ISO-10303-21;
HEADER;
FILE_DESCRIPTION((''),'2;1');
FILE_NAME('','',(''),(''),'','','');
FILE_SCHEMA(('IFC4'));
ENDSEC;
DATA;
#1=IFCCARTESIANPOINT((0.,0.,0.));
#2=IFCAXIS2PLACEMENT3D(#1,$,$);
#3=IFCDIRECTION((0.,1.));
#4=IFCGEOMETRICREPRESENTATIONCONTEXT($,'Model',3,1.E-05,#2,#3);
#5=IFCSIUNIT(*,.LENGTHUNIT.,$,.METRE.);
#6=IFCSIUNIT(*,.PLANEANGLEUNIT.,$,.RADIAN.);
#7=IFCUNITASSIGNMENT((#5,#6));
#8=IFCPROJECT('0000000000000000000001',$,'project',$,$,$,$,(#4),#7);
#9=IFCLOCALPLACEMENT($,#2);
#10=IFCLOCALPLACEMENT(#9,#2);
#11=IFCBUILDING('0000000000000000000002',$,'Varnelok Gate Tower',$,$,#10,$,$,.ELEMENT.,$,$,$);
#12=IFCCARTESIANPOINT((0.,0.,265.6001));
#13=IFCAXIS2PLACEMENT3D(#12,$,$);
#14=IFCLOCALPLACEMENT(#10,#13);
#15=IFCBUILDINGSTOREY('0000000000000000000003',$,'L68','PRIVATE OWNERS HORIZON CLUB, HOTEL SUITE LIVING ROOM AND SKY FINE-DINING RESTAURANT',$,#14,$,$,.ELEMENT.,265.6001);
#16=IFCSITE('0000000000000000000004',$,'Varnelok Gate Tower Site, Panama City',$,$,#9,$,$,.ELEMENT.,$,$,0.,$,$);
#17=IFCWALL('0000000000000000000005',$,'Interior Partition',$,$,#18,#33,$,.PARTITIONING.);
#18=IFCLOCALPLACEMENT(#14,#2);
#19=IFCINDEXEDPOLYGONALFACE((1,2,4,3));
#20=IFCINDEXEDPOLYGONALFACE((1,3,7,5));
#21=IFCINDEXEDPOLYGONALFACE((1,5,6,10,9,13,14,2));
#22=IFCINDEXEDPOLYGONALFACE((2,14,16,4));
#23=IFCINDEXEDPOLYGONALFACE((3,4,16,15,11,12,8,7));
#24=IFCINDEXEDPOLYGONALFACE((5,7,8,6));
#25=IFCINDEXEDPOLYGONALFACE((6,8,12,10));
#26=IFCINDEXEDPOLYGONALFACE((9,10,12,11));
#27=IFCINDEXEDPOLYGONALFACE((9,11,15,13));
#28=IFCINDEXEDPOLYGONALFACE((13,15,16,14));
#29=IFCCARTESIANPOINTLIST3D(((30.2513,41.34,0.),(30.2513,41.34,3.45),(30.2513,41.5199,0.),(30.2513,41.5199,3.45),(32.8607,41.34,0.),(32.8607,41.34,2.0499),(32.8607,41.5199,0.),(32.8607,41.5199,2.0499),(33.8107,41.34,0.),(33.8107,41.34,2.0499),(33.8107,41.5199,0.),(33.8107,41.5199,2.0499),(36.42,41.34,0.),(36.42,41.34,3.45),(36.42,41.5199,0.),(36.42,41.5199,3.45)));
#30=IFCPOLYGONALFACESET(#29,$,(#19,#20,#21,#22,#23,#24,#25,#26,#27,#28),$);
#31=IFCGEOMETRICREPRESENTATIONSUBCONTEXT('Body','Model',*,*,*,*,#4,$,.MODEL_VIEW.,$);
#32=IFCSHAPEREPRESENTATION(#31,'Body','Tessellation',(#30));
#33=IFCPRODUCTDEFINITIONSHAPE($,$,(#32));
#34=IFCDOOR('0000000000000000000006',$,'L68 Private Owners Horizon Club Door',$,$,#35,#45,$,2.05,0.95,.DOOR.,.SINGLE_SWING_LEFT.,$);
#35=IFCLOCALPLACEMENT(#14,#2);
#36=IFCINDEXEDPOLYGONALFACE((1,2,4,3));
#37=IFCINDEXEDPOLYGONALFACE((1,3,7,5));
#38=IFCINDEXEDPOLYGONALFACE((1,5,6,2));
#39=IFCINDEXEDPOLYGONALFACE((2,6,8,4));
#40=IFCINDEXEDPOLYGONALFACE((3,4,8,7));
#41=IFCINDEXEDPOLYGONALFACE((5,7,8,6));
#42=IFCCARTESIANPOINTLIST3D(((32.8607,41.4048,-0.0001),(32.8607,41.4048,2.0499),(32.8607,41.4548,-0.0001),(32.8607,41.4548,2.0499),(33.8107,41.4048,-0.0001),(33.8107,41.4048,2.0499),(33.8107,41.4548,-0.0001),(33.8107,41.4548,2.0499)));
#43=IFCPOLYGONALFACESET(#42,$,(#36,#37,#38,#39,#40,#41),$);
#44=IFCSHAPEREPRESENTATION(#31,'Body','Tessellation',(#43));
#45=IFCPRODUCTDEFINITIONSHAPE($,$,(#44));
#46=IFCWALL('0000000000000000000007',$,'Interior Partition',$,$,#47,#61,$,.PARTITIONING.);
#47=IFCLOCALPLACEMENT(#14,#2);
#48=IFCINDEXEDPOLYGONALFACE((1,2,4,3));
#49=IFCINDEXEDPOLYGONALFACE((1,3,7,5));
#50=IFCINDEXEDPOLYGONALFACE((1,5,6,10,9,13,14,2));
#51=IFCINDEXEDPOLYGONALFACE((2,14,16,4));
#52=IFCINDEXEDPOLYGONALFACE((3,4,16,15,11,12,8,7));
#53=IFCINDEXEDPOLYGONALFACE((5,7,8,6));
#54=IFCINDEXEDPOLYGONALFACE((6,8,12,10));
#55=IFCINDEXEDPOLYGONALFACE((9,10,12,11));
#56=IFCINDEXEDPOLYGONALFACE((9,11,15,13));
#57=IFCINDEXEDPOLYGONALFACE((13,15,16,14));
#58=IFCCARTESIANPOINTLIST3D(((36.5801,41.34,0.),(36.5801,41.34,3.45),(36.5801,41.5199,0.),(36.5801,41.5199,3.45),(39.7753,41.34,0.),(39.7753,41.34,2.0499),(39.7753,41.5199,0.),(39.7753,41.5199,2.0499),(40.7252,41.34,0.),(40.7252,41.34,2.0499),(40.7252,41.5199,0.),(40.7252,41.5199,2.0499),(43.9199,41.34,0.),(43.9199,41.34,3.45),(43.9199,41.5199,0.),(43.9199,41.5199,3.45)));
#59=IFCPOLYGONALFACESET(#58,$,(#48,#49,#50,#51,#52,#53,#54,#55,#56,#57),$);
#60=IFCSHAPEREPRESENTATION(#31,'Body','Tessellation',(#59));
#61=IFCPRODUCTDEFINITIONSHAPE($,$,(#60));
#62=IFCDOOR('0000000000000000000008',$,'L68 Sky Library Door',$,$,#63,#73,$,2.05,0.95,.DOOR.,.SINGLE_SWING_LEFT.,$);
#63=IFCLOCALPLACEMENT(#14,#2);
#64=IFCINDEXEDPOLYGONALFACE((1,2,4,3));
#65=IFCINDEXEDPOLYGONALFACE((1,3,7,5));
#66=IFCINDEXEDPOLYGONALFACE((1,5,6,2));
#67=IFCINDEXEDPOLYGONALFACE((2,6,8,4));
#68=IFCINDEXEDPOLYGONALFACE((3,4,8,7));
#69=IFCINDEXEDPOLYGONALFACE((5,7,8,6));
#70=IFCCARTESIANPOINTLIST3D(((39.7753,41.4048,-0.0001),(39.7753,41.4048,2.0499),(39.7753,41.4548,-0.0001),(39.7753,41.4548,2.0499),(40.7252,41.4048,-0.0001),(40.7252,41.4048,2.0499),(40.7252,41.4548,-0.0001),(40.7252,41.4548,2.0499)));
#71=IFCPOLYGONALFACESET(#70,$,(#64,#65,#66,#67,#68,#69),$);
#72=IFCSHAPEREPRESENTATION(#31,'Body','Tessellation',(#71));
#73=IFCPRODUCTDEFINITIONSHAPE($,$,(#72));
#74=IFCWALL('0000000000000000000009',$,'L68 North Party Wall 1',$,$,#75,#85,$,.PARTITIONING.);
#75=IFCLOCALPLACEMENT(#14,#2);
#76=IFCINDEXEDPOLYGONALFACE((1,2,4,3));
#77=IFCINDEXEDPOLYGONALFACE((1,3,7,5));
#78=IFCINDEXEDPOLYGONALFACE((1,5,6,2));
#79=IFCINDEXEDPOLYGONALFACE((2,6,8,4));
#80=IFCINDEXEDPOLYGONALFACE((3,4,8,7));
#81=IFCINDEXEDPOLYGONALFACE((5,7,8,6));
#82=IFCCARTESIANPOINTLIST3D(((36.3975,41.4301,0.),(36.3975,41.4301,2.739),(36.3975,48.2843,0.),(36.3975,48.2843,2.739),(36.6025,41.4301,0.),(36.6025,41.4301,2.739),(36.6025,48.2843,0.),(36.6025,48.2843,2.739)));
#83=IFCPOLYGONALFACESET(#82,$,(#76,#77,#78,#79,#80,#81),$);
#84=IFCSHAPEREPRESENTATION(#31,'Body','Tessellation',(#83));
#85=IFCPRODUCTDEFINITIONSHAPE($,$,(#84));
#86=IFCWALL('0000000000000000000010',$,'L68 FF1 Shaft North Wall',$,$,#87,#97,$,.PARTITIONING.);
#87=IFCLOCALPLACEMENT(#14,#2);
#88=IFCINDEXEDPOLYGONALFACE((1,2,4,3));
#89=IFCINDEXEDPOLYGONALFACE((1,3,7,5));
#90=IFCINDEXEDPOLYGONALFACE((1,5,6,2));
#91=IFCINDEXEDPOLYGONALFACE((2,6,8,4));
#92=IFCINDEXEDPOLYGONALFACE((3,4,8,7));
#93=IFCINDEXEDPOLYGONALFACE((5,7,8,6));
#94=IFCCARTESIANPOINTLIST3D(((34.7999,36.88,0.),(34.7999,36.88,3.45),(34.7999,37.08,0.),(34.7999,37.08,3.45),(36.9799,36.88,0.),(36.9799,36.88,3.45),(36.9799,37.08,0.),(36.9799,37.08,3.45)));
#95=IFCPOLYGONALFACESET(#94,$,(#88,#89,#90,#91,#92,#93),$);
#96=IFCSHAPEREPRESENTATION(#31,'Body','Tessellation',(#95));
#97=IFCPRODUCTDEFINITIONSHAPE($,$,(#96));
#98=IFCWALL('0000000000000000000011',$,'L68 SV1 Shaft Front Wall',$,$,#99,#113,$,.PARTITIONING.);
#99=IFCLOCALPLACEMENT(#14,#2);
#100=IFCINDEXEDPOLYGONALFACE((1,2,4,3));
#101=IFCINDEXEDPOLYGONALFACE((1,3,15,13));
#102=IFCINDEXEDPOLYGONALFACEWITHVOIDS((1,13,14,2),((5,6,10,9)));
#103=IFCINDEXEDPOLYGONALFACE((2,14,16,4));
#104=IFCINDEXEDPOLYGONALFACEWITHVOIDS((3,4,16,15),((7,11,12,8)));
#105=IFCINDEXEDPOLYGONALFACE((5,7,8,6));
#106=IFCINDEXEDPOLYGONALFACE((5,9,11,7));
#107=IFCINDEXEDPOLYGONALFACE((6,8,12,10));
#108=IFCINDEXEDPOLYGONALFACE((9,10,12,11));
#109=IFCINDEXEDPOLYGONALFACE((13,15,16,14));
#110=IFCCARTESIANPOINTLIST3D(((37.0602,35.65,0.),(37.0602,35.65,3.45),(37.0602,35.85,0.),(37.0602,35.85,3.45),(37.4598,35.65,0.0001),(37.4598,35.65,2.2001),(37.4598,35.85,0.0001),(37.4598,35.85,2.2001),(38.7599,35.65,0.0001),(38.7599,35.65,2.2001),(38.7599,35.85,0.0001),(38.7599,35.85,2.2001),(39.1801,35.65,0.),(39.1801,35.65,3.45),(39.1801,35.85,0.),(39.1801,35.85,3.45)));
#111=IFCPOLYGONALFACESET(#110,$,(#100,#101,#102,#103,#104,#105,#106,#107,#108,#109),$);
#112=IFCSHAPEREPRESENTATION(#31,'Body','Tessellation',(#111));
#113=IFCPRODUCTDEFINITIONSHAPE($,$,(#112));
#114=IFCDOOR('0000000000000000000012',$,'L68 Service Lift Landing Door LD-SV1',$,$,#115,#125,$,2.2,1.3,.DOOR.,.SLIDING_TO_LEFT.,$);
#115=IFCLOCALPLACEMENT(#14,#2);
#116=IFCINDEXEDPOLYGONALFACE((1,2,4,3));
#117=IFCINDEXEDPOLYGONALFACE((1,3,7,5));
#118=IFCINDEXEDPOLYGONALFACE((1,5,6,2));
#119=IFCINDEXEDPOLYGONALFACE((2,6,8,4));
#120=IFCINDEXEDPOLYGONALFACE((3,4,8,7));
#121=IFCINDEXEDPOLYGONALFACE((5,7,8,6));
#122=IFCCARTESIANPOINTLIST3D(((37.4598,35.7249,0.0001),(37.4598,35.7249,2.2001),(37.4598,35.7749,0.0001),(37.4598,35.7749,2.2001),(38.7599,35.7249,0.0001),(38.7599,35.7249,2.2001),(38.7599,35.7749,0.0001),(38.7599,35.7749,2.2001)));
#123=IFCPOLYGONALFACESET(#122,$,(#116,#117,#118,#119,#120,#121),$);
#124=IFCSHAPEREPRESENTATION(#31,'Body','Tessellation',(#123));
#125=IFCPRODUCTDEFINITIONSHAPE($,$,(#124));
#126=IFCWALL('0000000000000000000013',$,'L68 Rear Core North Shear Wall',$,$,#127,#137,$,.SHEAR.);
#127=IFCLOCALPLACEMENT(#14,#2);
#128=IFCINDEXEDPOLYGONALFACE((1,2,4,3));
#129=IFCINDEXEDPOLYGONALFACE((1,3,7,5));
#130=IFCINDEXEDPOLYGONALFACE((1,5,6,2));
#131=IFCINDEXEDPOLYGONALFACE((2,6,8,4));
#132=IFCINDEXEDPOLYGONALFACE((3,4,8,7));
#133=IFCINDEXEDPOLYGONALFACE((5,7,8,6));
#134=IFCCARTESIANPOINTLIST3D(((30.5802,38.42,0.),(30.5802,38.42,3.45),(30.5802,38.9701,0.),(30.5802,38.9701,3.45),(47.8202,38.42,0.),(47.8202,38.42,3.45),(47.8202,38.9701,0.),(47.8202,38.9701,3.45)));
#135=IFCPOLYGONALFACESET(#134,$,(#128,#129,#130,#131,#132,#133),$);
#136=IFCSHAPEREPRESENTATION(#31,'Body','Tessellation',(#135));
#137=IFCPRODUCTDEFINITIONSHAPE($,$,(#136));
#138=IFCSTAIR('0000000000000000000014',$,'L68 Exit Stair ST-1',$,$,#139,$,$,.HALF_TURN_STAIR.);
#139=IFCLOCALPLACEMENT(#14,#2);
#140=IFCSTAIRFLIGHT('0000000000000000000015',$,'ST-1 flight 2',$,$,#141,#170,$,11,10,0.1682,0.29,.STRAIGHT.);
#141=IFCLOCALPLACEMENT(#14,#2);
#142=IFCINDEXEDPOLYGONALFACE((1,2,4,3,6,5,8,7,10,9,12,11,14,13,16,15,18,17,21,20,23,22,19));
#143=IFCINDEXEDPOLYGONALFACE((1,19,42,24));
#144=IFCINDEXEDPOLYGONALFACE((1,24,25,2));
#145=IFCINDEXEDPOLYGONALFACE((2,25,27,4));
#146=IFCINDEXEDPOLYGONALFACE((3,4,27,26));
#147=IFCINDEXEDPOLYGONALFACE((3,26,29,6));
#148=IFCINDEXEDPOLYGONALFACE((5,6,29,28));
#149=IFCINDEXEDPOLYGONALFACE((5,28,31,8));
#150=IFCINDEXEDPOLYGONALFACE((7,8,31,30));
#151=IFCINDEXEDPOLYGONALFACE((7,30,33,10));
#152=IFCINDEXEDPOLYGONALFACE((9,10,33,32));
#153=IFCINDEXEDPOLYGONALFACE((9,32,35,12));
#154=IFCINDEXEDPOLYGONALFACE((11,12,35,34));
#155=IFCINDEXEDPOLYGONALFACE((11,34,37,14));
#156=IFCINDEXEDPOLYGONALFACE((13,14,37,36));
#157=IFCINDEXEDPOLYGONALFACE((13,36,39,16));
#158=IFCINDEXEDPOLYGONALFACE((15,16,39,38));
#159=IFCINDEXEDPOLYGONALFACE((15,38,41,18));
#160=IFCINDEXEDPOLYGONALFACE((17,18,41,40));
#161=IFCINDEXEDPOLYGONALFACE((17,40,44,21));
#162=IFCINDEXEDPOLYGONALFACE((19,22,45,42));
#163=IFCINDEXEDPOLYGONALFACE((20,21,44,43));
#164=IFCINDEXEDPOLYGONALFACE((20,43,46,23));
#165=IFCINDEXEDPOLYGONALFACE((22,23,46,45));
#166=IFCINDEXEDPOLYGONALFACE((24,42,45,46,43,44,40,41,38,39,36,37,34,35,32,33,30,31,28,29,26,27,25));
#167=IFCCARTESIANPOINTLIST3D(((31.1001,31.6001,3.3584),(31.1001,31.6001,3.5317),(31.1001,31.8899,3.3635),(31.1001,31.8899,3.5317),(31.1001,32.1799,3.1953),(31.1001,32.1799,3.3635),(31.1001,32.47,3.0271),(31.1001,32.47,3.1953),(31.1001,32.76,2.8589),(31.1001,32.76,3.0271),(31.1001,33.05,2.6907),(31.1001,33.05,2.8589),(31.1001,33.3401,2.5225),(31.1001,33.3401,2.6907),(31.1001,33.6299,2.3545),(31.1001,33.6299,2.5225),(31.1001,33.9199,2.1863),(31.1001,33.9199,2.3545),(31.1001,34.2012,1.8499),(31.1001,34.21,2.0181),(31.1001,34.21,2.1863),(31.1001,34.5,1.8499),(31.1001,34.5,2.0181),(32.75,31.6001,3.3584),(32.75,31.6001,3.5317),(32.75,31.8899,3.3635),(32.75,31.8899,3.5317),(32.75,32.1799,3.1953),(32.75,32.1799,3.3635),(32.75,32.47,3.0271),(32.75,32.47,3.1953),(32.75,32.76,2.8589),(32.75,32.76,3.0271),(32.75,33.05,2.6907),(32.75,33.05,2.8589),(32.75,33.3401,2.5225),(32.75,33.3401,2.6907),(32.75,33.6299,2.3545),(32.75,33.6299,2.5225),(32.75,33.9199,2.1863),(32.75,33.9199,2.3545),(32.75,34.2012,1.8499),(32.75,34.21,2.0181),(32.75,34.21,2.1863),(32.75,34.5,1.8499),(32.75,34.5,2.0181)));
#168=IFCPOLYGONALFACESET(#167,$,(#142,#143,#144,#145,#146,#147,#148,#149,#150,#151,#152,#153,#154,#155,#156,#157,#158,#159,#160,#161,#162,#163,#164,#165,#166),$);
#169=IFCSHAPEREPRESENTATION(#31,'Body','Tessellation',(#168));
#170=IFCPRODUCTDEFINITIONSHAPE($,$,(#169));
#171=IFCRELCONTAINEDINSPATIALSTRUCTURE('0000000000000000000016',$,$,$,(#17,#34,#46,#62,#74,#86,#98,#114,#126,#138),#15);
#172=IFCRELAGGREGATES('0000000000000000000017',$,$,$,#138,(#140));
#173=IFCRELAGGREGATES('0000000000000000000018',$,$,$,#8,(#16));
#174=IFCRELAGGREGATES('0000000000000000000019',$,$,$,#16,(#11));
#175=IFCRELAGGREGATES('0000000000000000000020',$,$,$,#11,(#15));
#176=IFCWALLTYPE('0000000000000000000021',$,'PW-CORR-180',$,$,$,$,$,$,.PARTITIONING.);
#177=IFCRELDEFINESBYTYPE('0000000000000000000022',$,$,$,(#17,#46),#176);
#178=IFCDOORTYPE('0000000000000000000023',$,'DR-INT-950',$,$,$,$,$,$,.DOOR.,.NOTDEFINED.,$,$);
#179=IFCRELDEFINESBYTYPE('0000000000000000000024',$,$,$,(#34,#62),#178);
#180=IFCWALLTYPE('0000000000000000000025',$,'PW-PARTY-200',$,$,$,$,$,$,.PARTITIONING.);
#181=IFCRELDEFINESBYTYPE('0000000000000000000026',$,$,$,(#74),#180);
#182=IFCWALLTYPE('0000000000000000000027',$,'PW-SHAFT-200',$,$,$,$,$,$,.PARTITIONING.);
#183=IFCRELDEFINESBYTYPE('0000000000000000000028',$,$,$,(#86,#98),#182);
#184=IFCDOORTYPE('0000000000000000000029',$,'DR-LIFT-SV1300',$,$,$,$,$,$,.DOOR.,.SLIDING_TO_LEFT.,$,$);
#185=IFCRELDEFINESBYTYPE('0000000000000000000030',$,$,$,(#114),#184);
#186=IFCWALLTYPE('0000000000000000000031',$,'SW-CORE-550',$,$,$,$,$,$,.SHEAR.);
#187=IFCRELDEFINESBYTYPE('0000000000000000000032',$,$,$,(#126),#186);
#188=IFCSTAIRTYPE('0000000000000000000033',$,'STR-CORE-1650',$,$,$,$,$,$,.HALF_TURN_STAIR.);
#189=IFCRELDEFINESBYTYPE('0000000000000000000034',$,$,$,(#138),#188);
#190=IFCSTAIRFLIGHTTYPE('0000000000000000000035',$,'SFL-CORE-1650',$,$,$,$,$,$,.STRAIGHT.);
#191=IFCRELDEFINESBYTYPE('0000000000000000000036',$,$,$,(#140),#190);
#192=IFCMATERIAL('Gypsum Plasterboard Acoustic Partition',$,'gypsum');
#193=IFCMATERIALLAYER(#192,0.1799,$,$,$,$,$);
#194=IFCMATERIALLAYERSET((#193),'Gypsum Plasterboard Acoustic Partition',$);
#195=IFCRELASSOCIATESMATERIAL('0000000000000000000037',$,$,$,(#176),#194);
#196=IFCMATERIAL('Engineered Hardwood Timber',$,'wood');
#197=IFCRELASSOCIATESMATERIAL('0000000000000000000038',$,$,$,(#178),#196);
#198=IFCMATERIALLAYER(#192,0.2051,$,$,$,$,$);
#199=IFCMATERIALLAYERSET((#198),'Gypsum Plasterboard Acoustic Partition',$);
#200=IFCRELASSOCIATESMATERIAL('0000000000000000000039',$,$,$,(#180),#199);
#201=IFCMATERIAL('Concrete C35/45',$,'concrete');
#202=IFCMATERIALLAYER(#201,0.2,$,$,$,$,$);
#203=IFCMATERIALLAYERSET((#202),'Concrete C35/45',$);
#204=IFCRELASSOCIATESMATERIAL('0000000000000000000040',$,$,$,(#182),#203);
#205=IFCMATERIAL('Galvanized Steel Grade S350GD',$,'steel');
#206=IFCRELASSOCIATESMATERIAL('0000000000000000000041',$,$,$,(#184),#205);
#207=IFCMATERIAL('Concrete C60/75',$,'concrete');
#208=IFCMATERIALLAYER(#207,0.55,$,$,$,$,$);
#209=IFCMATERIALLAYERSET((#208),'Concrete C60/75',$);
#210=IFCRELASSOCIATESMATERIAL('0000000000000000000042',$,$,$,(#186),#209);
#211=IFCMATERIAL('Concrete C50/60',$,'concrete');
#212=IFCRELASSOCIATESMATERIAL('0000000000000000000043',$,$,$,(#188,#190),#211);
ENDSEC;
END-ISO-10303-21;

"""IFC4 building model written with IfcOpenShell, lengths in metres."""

from ifc_helpers import new_model, si_unit, direction, frame, frame_2d, origin, place, context, subcontext, project, spatial, polyline, rectangle, outline, extrude, material, layer, layer_set, type_object, element, fill, aggregate, save


model = new_model("IFC4")

# Units and contexts
model_context = context("Model", 3, precision=1e-05, world=origin(), true_north=direction((0.0, 1.0)))
body_context = subcontext(model_context, "Body", "Model", "MODEL_VIEW")
ifc_project = project(units=[si_unit("LENGTHUNIT", "METRE"), si_unit("PLANEANGLEUNIT", "RADIAN")], contexts=[model_context])

# Site, building, storey
site_placement = place(None, origin())
site = spatial("IfcSite", under=ifc_project, at=site_placement, Name="Varnelok Gate Tower Site, Panama City", CompositionType="ELEMENT", RefElevation=0.0)
building_placement = place(site_placement, origin())
building = spatial("IfcBuilding", under=site, at=building_placement, Name="Varnelok Gate Tower", CompositionType="ELEMENT")
storey_placement = place(building_placement, frame((0.0, 0.0, 265.6001)))
storey = spatial("IfcBuildingStorey", under=building, at=storey_placement, Name="L68", Description="PRIVATE OWNERS HORIZON CLUB, HOTEL SUITE LIVING ROOM AND SKY FINE-DINING RESTAURANT", CompositionType="ELEMENT", Elevation=265.6001)

# Shared definitions
ifc_material_1 = material(Name="Concrete C50/60", Category="concrete")

# Walls, openings, doors
ifc_material_2 = material(Name="Gypsum Plasterboard Acoustic Partition", Category="gypsum")
ifc_layer_1 = layer(ifc_material_2, 0.1799)
ifc_layer_set_1 = layer_set([ifc_layer_1], Name="Gypsum Plasterboard Acoustic Partition")
wall_type_1 = type_object("IfcWallType", Name="PW-CORR-180", PredefinedType="PARTITIONING", material=ifc_layer_set_1)
wall_1_placement = place(storey_placement, frame((30.2512, 41.4299, 0.0), z_axis=(0.0, 0.0, 1.0), x_axis=(1.0, 0.0, 0.0)))
wall_1 = element("IfcWall", 1, at=wall_1_placement, inside=storey, type_object=wall_type_1, Name="Interior Partition", PredefinedType="PARTITIONING", context=body_context, shape_type="SweptSolid", body=[
    extrude(rectangle(XDim=6.1687, YDim=0.1799, at=frame_2d((3.0845, 0.0))), origin(), (0.0, 0.0, 1.0), 3.45),
])
opening_1_placement = place(wall_1_placement, frame((2.6094, 0.0, 0.0)))
opening_1 = element("IfcOpeningElement", 2, at=opening_1_placement, cuts=wall_1, PredefinedType="OPENING", context=body_context, shape_type="SweptSolid", body=[
    extrude(rectangle(XDim=0.95, YDim=2.05, at=frame_2d((0.4751, 1.0249))), frame((0.0, 0.0999, 0.0), z_axis=(0.0, -1.0, 0.0), x_axis=(1.0, 0.0, 0.0)), (0.0, 0.0, 1.0), 0.2),
])
ifc_material_3 = material(Name="Engineered Hardwood Timber", Category="wood")
door_type_1 = type_object("IfcDoorType", Name="DR-INT-950", OperationType="NOTDEFINED", PredefinedType="DOOR", material=ifc_material_3)
door_1_placement = place(opening_1_placement, origin())
door_1 = element("IfcDoor", 3, at=door_1_placement, inside=storey, type_object=door_type_1, Name="L68 Private Owners Horizon Club Door", OperationType="SINGLE_SWING_LEFT", OverallHeight=2.05, OverallWidth=0.95, PredefinedType="DOOR", context=body_context, shape_type="SweptSolid", body=[
    extrude(rectangle(XDim=0.95, YDim=2.05, at=frame_2d((0.4751, 1.0249))), frame((0.0, 0.0249, 0.0), z_axis=(0.0, -1.0, 0.0), x_axis=(1.0, 0.0, 0.0)), (0.0, 0.0, 1.0), 0.05),
])
fill(opening_1, door_1)
wall_2_placement = place(storey_placement, frame((36.5801, 41.4299, 0.0), z_axis=(0.0, 0.0, 1.0), x_axis=(1.0, 0.0, 0.0)))
wall_2 = element("IfcWall", 4, at=wall_2_placement, inside=storey, type_object=wall_type_1, Name="Interior Partition", PredefinedType="PARTITIONING", context=body_context, shape_type="SweptSolid", body=[
    extrude(rectangle(XDim=7.3398, YDim=0.1799, at=frame_2d((3.6699, 0.0))), origin(), (0.0, 0.0, 1.0), 3.45),
])
opening_2_placement = place(wall_2_placement, frame((3.1951, 0.0, 0.0)))
opening_2 = element("IfcOpeningElement", 5, at=opening_2_placement, cuts=wall_2, PredefinedType="OPENING", context=body_context, shape_type="SweptSolid", body=[
    extrude(rectangle(XDim=0.95, YDim=2.05, at=frame_2d((0.4751, 1.0249))), frame((0.0, 0.0999, 0.0), z_axis=(0.0, -1.0, 0.0), x_axis=(1.0, 0.0, 0.0)), (0.0, 0.0, 1.0), 0.2),
])
door_2_placement = place(opening_2_placement, origin())
door_2 = element("IfcDoor", 6, at=door_2_placement, inside=storey, type_object=door_type_1, Name="L68 Sky Library Door", OperationType="SINGLE_SWING_LEFT", OverallHeight=2.05, OverallWidth=0.95, PredefinedType="DOOR", context=body_context, shape_type="SweptSolid", body=[
    extrude(rectangle(XDim=0.95, YDim=2.05, at=frame_2d((0.4751, 1.0249))), frame((0.0, 0.0249, 0.0), z_axis=(0.0, -1.0, 0.0), x_axis=(1.0, 0.0, 0.0)), (0.0, 0.0, 1.0), 0.05),
])
fill(opening_2, door_2)

# Walls
ifc_layer_2 = layer(ifc_material_2, 0.2051)
ifc_layer_set_2 = layer_set([ifc_layer_2], Name="Gypsum Plasterboard Acoustic Partition")
wall_type_2 = type_object("IfcWallType", Name="PW-PARTY-200", PredefinedType="PARTITIONING", material=ifc_layer_set_2)
wall_3_placement = place(storey_placement, frame((36.5, 41.4299, 0.0), z_axis=(0.0, 0.0, 1.0), x_axis=(0.0, 1.0, 0.0)))
element("IfcWall", 7, at=wall_3_placement, inside=storey, type_object=wall_type_2, Name="L68 North Party Wall 1", PredefinedType="PARTITIONING", context=body_context, shape_type="SweptSolid", body=[
    extrude(rectangle(XDim=6.8542, YDim=0.2051, at=frame_2d((3.4272, 0.0))), origin(), (0.0, 0.0, 1.0), 2.739),
])
ifc_material_4 = material(Name="Concrete C35/45", Category="concrete")
ifc_layer_3 = layer(ifc_material_4, 0.2)
ifc_layer_set_3 = layer_set([ifc_layer_3], Name="Concrete C35/45")
wall_type_3 = type_object("IfcWallType", Name="PW-SHAFT-200", PredefinedType="PARTITIONING", material=ifc_layer_set_3)
wall_4_placement = place(storey_placement, frame((34.8, 36.98, 0.0), z_axis=(0.0, 0.0, 1.0), x_axis=(1.0, 0.0, 0.0)))
element("IfcWall", 8, at=wall_4_placement, inside=storey, type_object=wall_type_3, Name="L68 FF1 Shaft North Wall", PredefinedType="PARTITIONING", context=body_context, shape_type="SweptSolid", body=[
    extrude(rectangle(XDim=2.1799, YDim=0.2, at=frame_2d((1.0898, 0.0))), origin(), (0.0, 0.0, 1.0), 3.45),
])

# Wall, opening, door
wall_5_placement = place(storey_placement, frame((37.0601, 35.75, 0.0), z_axis=(0.0, 0.0, 1.0), x_axis=(1.0, 0.0, 0.0)))
wall_5 = element("IfcWall", 9, at=wall_5_placement, inside=storey, type_object=wall_type_3, Name="L68 SV1 Shaft Front Wall", PredefinedType="PARTITIONING", context=body_context, shape_type="SweptSolid", body=[
    extrude(rectangle(XDim=2.1199, YDim=0.2, at=frame_2d((1.0601, 0.0))), origin(), (0.0, 0.0, 1.0), 3.45),
])
opening_3_placement = place(wall_5_placement, frame((0.3999, 0.0, 0.0)))
opening_3 = element("IfcOpeningElement", 10, at=opening_3_placement, cuts=wall_5, PredefinedType="OPENING", context=body_context, shape_type="SweptSolid", body=[
    extrude(rectangle(XDim=1.3, YDim=2.2, at=frame_2d((0.6499, 1.1001))), frame((0.0, 0.1099, 0.0), z_axis=(0.0, -1.0, 0.0), x_axis=(1.0, 0.0, 0.0)), (0.0, 0.0, 1.0), 0.22),
])
ifc_material_5 = material(Name="Galvanized Steel Grade S350GD", Category="steel")
door_type_2 = type_object("IfcDoorType", Name="DR-LIFT-SV1300", OperationType="SLIDING_TO_LEFT", PredefinedType="DOOR", material=ifc_material_5)
door_3_placement = place(opening_3_placement, origin())
door_3 = element("IfcDoor", 11, at=door_3_placement, inside=storey, type_object=door_type_2, Name="L68 Service Lift Landing Door LD-SV1", OperationType="SLIDING_TO_LEFT", OverallHeight=2.2, OverallWidth=1.3, PredefinedType="DOOR", context=body_context, shape_type="SweptSolid", body=[
    extrude(rectangle(XDim=1.3, YDim=2.2, at=frame_2d((0.6499, 1.1001))), frame((0.0, 0.0249, 0.0), z_axis=(0.0, -1.0, 0.0), x_axis=(1.0, 0.0, 0.0)), (0.0, 0.0, 1.0), 0.05),
])
fill(opening_3, door_3)

# Wall
ifc_material_6 = material(Name="Concrete C60/75", Category="concrete")
ifc_layer_4 = layer(ifc_material_6, 0.55)
ifc_layer_set_4 = layer_set([ifc_layer_4], Name="Concrete C60/75")
wall_type_4 = type_object("IfcWallType", Name="SW-CORE-550", PredefinedType="SHEAR", material=ifc_layer_set_4)
wall_6_placement = place(storey_placement, frame((30.5801, 38.6951, 0.0), z_axis=(0.0, 0.0, 1.0), x_axis=(1.0, 0.0, 0.0)))
element("IfcWall", 12, at=wall_6_placement, inside=storey, type_object=wall_type_4, Name="L68 Rear Core North Shear Wall", PredefinedType="SHEAR", context=body_context, shape_type="SweptSolid", body=[
    extrude(rectangle(XDim=17.24, YDim=0.55, at=frame_2d((8.6201, 0.0))), origin(), (0.0, 0.0, 1.0), 3.45),
])

# Stair, stair flight
stair_type = type_object("IfcStairType", Name="STR-CORE-1650", PredefinedType="HALF_TURN_STAIR", material=ifc_material_1)
stair_placement = place(storey_placement, origin())
stair = element("IfcStair", 13, at=stair_placement, inside=storey, type_object=stair_type, Name="L68 Exit Stair ST-1", PredefinedType="HALF_TURN_STAIR")
stair_flight_type = type_object("IfcStairFlightType", Name="SFL-CORE-1650", PredefinedType="STRAIGHT", material=ifc_material_1)
stair_flight_placement = place(storey_placement, frame((31.925, 34.5, 1.8499), z_axis=(0.0, 0.0, 1.0), x_axis=(0.0, -1.0, 0.0)))
stair_flight = element("IfcStairFlight", 14, at=stair_flight_placement, type_object=stair_flight_type, Name="ST-1 flight 2", NumberOfRisers=11, NumberOfTreads=10, PredefinedType="STRAIGHT", RiserHeight=0.1682, TreadLength=0.29, context=body_context, shape_type="SweptSolid", body=[
    extrude(outline(polyline([(0.0, 0.0), (0.0, 0.1682), (0.29, 0.1682), (0.29, 0.3364), (0.5801, 0.3364), (0.5801, 0.5046), (0.8701, 0.5046), (0.8701, 0.6726), (1.1599, 0.6726), (1.1599, 0.8408), (1.45, 0.8408), (1.45, 1.009), (1.74, 1.009), (1.74, 1.1772), (2.03, 1.1772), (2.03, 1.3455), (2.3201, 1.3455), (2.3201, 1.5137), (2.6101, 1.5137), (2.6101, 1.6819), (2.8999, 1.6819), (2.8999, 1.8501), (2.8999, 1.5085), (0.2988, 0.0), (0.0, 0.0)])), frame((0.0, 0.825, 0.0), z_axis=(0.0, -1.0, 0.0), x_axis=(1.0, 0.0, 0.0)), (0.0, 0.0, 1.0), 1.6499),
])
aggregate(stair, [stair_flight])

save(model, "model.ifc")
